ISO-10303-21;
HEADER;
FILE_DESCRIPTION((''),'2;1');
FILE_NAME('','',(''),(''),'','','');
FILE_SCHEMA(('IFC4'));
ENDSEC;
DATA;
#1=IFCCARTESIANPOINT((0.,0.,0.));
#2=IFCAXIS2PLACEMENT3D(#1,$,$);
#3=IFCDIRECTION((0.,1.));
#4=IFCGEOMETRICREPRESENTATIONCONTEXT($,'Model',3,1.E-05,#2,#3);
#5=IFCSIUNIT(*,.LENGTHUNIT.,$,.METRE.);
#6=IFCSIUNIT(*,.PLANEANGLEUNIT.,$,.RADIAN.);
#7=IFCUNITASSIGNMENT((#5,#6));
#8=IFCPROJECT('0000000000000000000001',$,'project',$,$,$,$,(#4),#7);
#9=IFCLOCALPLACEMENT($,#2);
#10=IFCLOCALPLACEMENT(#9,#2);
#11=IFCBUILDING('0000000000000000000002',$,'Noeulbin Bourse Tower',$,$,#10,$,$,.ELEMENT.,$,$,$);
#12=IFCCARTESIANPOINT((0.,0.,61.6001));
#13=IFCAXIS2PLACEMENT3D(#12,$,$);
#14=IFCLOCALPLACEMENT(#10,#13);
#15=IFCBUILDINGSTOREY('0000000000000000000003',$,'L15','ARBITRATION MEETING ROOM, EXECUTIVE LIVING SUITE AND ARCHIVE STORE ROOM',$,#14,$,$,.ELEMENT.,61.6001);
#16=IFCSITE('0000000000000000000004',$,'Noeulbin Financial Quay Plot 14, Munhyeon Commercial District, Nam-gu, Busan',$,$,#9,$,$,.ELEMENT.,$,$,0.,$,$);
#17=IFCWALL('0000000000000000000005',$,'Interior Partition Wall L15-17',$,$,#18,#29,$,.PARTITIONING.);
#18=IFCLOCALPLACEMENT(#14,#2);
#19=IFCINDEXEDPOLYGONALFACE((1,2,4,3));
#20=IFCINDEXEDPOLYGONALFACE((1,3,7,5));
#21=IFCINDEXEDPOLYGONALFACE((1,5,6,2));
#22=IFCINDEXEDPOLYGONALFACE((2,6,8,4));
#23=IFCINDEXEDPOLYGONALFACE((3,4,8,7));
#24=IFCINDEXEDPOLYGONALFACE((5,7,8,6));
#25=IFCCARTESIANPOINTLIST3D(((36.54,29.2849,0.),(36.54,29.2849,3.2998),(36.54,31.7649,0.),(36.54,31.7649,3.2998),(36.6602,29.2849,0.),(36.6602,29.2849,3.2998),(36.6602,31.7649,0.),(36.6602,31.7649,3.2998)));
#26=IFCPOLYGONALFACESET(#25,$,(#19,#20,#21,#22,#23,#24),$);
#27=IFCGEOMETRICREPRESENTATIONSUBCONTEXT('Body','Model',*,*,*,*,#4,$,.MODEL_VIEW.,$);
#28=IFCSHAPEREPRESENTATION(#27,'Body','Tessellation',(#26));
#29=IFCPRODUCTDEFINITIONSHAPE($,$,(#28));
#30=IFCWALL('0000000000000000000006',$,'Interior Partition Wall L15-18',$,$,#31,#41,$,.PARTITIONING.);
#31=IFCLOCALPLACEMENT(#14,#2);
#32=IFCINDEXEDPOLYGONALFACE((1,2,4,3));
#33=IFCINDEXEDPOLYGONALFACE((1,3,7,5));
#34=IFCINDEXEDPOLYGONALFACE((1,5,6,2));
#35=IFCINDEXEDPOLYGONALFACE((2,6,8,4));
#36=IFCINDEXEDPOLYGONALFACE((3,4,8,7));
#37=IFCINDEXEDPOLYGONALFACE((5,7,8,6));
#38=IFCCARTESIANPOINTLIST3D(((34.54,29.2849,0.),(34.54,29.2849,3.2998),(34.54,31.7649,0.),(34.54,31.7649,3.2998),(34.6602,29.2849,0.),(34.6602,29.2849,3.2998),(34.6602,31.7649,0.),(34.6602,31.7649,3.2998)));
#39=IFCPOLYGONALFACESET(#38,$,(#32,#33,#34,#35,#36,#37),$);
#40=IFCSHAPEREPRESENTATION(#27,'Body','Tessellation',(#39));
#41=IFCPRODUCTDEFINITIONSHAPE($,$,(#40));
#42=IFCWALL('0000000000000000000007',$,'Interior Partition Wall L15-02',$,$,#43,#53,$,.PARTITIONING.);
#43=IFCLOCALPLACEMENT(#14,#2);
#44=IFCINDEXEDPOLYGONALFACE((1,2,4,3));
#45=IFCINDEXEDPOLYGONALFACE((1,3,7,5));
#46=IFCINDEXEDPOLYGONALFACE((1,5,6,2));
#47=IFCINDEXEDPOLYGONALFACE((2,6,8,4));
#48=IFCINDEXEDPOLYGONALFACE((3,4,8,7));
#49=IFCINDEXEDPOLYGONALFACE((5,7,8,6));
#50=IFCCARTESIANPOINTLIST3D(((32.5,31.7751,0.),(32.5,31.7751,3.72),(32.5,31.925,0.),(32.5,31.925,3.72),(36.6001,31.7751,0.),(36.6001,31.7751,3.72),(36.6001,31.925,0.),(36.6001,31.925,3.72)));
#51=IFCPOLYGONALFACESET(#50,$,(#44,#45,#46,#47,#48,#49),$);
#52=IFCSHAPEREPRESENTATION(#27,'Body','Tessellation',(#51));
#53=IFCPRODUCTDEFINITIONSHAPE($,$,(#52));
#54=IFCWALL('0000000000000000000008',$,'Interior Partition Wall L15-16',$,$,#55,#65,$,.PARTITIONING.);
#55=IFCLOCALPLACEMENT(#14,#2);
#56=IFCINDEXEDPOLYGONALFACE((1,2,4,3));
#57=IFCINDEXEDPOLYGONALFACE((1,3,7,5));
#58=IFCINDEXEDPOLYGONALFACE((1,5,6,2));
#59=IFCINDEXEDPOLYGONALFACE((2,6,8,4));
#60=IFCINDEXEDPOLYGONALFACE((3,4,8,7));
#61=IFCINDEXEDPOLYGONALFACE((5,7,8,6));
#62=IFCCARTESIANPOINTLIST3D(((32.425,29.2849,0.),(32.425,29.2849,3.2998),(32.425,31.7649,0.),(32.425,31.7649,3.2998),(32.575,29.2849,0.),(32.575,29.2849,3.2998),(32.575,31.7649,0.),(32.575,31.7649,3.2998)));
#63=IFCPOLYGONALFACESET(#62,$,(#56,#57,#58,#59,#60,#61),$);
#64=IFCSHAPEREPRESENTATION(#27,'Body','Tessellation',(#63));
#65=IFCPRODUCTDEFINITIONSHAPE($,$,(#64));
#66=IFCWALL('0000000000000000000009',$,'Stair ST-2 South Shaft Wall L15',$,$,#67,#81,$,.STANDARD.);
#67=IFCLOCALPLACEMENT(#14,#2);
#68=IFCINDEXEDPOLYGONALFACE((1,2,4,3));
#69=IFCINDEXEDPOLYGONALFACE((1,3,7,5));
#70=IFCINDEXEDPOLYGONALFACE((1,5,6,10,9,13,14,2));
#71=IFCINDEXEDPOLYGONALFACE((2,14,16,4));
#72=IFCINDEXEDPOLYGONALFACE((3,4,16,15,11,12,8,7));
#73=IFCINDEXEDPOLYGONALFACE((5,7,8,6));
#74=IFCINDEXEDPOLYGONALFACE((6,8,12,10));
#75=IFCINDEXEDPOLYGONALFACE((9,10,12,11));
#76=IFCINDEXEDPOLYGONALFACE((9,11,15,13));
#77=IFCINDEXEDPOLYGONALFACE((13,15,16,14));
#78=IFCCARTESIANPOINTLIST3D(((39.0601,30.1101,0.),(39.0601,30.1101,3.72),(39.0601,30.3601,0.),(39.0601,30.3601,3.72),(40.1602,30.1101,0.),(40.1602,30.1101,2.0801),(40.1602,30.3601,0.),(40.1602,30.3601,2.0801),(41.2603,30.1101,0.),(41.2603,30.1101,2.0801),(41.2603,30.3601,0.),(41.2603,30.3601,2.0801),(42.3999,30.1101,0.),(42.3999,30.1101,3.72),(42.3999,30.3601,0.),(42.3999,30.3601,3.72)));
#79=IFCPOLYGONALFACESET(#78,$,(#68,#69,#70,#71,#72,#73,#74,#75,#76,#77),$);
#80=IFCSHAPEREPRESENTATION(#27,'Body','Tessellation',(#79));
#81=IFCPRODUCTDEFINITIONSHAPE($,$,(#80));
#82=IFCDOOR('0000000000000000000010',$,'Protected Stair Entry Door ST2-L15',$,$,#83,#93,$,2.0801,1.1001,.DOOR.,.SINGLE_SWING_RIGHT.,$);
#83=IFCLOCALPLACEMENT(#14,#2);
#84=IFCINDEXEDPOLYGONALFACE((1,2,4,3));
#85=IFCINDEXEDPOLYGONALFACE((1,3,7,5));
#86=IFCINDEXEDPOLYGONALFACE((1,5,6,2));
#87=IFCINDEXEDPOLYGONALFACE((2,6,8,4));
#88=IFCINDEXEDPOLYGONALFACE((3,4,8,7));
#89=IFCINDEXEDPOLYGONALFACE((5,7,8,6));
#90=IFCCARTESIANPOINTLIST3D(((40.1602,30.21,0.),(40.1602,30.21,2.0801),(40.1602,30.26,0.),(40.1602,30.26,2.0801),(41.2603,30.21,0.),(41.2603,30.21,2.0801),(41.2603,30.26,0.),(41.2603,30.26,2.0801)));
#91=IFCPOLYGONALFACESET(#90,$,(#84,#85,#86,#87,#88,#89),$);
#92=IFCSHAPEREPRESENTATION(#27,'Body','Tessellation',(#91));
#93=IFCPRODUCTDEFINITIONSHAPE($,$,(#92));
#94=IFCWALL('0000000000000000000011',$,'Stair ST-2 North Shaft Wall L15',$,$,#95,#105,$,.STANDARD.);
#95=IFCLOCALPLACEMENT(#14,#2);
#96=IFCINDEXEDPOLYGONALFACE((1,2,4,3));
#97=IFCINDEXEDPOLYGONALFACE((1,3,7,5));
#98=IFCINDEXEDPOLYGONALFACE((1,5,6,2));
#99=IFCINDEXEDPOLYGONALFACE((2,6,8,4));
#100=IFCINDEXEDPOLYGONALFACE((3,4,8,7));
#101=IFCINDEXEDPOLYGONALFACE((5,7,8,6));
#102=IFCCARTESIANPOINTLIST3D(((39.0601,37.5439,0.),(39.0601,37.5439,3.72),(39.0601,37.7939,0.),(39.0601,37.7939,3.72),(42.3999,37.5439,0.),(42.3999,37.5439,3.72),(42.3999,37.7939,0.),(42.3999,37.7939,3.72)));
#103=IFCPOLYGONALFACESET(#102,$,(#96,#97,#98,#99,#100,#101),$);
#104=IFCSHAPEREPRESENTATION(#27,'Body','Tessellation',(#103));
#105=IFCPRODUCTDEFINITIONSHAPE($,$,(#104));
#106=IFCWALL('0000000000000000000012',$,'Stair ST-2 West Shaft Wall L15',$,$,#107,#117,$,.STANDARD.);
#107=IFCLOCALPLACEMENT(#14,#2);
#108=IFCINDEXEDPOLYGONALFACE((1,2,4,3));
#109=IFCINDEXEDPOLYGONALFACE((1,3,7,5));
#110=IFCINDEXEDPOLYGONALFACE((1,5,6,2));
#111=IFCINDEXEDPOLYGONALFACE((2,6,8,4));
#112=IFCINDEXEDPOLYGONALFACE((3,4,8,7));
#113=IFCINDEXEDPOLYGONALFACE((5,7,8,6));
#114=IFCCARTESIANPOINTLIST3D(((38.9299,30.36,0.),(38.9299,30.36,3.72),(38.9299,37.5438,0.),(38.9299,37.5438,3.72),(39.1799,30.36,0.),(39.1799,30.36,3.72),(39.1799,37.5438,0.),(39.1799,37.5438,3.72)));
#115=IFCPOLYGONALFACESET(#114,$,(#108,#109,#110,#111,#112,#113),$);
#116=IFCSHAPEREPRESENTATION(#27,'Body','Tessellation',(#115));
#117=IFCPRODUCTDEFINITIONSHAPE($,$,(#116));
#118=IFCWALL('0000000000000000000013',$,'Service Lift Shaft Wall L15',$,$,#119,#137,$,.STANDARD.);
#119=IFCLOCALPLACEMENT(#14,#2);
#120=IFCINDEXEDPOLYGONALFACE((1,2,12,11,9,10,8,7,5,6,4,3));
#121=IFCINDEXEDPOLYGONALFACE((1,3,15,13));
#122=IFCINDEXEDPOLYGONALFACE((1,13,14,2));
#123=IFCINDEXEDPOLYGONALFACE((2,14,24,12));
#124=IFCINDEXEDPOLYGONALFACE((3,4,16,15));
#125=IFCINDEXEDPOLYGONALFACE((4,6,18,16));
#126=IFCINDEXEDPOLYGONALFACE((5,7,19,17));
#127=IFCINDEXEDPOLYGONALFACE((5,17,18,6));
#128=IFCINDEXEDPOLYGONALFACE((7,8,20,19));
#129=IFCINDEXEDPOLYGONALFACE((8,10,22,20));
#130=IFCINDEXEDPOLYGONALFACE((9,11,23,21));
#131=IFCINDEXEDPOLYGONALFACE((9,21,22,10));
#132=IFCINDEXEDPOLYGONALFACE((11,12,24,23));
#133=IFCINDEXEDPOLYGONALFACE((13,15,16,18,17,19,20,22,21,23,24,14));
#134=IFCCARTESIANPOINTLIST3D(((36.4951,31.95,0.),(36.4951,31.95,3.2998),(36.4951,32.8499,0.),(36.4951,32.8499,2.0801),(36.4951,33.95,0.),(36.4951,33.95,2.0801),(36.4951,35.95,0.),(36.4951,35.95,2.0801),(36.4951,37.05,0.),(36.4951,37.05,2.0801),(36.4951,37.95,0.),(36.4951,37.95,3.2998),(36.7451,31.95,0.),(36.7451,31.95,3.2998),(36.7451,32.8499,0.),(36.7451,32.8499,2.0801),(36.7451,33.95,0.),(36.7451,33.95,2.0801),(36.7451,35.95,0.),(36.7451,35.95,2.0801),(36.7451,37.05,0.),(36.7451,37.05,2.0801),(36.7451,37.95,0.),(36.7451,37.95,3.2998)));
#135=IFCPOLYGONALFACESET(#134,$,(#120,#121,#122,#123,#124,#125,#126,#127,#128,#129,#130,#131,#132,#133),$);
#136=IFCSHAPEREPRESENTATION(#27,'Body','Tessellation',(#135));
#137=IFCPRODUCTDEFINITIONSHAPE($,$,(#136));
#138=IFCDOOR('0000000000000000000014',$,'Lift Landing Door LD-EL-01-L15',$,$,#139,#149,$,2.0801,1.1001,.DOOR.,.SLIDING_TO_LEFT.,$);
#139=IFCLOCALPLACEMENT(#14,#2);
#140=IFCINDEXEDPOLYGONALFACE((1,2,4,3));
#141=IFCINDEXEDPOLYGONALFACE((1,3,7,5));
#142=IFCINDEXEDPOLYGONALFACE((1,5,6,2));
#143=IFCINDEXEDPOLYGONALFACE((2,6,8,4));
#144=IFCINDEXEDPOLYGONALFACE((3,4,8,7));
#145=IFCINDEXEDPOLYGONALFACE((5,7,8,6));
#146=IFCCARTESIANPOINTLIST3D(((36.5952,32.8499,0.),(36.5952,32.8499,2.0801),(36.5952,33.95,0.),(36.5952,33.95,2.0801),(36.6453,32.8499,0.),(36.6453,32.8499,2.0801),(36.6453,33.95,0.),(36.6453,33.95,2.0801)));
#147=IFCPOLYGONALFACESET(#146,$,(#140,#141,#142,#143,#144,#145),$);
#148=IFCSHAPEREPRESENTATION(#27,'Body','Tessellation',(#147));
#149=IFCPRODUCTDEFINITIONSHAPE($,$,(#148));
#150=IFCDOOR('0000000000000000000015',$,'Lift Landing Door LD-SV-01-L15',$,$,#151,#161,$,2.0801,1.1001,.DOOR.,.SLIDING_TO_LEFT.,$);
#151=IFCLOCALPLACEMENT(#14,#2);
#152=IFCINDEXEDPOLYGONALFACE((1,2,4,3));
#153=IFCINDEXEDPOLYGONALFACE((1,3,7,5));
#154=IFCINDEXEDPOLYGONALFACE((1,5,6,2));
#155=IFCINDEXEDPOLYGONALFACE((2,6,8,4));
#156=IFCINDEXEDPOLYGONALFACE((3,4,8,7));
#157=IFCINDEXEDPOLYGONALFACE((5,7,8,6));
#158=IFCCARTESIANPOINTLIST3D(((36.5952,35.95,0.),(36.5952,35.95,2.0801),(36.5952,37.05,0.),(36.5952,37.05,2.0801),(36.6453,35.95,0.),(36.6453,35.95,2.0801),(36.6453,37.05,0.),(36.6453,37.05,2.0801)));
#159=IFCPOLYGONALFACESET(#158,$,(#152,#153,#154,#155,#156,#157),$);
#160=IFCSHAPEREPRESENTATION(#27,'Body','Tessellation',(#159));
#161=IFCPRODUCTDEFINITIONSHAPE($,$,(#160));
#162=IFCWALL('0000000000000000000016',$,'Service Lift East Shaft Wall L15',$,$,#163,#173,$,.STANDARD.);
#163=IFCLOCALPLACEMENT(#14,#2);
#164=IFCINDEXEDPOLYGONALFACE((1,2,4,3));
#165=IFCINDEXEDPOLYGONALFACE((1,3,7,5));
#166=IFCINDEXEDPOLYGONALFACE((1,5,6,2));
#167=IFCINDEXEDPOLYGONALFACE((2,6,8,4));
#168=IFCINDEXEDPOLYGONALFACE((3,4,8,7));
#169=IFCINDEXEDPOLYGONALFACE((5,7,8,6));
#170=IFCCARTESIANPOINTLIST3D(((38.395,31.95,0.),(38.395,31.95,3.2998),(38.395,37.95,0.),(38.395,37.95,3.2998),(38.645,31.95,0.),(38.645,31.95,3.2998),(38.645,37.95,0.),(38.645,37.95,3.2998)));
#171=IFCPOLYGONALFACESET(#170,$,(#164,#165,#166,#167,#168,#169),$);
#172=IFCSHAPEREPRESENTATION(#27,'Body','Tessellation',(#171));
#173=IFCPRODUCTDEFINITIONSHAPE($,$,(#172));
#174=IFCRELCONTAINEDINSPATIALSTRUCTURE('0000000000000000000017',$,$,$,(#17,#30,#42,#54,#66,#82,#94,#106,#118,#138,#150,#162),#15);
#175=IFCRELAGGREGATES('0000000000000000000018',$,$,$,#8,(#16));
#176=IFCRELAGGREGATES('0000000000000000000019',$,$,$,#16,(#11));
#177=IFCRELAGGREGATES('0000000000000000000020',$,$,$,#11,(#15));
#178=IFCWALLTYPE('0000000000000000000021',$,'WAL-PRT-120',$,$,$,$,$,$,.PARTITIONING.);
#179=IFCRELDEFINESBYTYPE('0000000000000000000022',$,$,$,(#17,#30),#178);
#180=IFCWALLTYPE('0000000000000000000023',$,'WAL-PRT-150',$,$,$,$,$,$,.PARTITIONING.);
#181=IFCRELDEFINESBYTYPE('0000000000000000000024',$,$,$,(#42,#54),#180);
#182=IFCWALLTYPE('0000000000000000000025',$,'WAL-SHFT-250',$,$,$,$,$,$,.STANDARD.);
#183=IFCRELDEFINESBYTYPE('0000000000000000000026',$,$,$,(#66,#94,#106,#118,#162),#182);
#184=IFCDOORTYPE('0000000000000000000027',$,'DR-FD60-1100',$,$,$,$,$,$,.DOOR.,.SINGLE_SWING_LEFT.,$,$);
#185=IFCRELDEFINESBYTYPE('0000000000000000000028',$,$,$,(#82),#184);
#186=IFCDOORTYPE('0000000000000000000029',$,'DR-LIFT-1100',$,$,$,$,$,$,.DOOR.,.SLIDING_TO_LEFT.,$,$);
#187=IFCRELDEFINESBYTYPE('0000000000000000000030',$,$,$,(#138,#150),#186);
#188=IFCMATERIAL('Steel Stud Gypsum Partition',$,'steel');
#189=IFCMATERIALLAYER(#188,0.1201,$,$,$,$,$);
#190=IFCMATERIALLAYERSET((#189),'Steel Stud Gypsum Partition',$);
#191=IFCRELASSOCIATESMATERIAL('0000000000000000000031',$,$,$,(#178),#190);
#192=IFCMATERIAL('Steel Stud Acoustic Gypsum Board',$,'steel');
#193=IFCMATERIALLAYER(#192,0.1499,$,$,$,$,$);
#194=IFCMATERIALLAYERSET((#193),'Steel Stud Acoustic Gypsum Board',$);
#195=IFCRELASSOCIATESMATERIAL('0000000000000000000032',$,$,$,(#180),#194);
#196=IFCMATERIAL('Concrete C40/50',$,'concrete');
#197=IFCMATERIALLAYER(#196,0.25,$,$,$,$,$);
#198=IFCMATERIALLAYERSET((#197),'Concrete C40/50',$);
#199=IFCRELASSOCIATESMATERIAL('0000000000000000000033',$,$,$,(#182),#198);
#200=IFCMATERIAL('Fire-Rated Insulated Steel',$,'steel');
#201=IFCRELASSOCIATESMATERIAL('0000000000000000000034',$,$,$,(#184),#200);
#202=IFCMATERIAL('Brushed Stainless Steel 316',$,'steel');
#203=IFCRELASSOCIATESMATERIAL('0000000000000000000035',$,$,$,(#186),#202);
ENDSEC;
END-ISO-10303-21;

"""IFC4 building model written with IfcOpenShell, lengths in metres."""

from ifc_helpers import new_model, si_unit, direction, frame, frame_2d, origin, place, context, subcontext, project, spatial, rectangle, extrude, material, layer, layer_set, type_object, element, fill, save


model = new_model("IFC4")

# Units and contexts
model_context = context("Model", 3, precision=1e-05, world=origin(), true_north=direction((0.0, 1.0)))
body_context = subcontext(model_context, "Body", "Model", "MODEL_VIEW")
ifc_project = project(units=[si_unit("LENGTHUNIT", "METRE"), si_unit("PLANEANGLEUNIT", "RADIAN")], contexts=[model_context])

# Site, building, storey
site_placement = place(None, origin())
site = spatial("IfcSite", under=ifc_project, at=site_placement, Name="Noeulbin Financial Quay Plot 14, Munhyeon Commercial District, Nam-gu, Busan", CompositionType="ELEMENT", RefElevation=0.0)
building_placement = place(site_placement, origin())
building = spatial("IfcBuilding", under=site, at=building_placement, Name="Noeulbin Bourse Tower", CompositionType="ELEMENT")
storey_placement = place(building_placement, frame((0.0, 0.0, 61.6001)))
storey = spatial("IfcBuildingStorey", under=building, at=storey_placement, Name="L15", Description="ARBITRATION MEETING ROOM, EXECUTIVE LIVING SUITE AND ARCHIVE STORE ROOM", CompositionType="ELEMENT", Elevation=61.6001)

# Walls
ifc_material_1 = material(Name="Concrete C40/50", Category="concrete")
ifc_material_2 = material(Name="Steel Stud Gypsum Partition", Category="steel")
ifc_layer_1 = layer(ifc_material_2, 0.1201)
ifc_layer_set_1 = layer_set([ifc_layer_1], Name="Steel Stud Gypsum Partition")
wall_type_1 = type_object("IfcWallType", Name="WAL-PRT-120", PredefinedType="PARTITIONING", material=ifc_layer_set_1)
for number, where, z_axis, x_axis, name in (
    (1, (36.6001, 29.2849, 0.0), (0.0, 0.0, 1.0), (0.0, 1.0, 0.0), "Interior Partition Wall L15-17"),
    (2, (34.6001, 29.2849, 0.0), (0.0, 0.0, 1.0), (0.0, 1.0, 0.0), "Interior Partition Wall L15-18"),
):
    element("IfcWall", number, at=place(storey_placement, frame(where, z_axis=z_axis, x_axis=x_axis)), inside=storey, type_object=wall_type_1, Name=name, PredefinedType="PARTITIONING", context=body_context, shape_type="SweptSolid", body=[
        extrude(rectangle(XDim=2.48, YDim=0.1201, at=frame_2d((1.24, 0.0))), origin(), (0.0, 0.0, 1.0), 3.2998),
    ])
ifc_material_3 = material(Name="Steel Stud Acoustic Gypsum Board", Category="steel")
ifc_layer_2 = layer(ifc_material_3, 0.1499)
ifc_layer_set_2 = layer_set([ifc_layer_2], Name="Steel Stud Acoustic Gypsum Board")
wall_type_2 = type_object("IfcWallType", Name="WAL-PRT-150", PredefinedType="PARTITIONING", material=ifc_layer_set_2)
wall_1_placement = place(storey_placement, frame((32.5, 31.8501, 0.0), z_axis=(0.0, 0.0, 1.0), x_axis=(1.0, 0.0, 0.0)))
element("IfcWall", 3, at=wall_1_placement, inside=storey, type_object=wall_type_2, Name="Interior Partition Wall L15-02", PredefinedType="PARTITIONING", context=body_context, shape_type="SweptSolid", body=[
    extrude(rectangle(XDim=4.1001, YDim=0.1499, at=frame_2d((2.05, 0.0))), origin(), (0.0, 0.0, 1.0), 3.72),
])
wall_2_placement = place(storey_placement, frame((32.5, 29.2849, 0.0), z_axis=(0.0, 0.0, 1.0), x_axis=(0.0, 1.0, 0.0)))
element("IfcWall", 4, at=wall_2_placement, inside=storey, type_object=wall_type_2, Name="Interior Partition Wall L15-16", PredefinedType="PARTITIONING", context=body_context, shape_type="SweptSolid", body=[
    extrude(rectangle(XDim=2.48, YDim=0.1499, at=frame_2d((1.24, 0.0))), origin(), (0.0, 0.0, 1.0), 3.2998),
])

# Wall, opening, door
ifc_layer_3 = layer(ifc_material_1, 0.25)
ifc_layer_set_3 = layer_set([ifc_layer_3], Name="Concrete C40/50")
wall_type_3 = type_object("IfcWallType", Name="WAL-SHFT-250", PredefinedType="STANDARD", material=ifc_layer_set_3)
wall_3_placement = place(storey_placement, frame((39.0601, 30.2351, 0.0), z_axis=(0.0, 0.0, 1.0), x_axis=(1.0, 0.0, 0.0)))
wall_3 = element("IfcWall", 5, at=wall_3_placement, inside=storey, type_object=wall_type_3, Name="Stair ST-2 South Shaft Wall L15", PredefinedType="STANDARD", context=body_context, shape_type="SweptSolid", body=[
    extrude(rectangle(XDim=3.3398, YDim=0.25, at=frame_2d((1.6699, 0.0))), origin(), (0.0, 0.0, 1.0), 3.72),
])
opening_1_placement = place(wall_3_placement, frame((1.1001, 0.0, 0.0)))
opening_1 = element("IfcOpeningElement", 6, at=opening_1_placement, cuts=wall_3, PredefinedType="OPENING", context=body_context, shape_type="SweptSolid", body=[
    extrude(rectangle(XDim=1.1001, YDim=2.0801, at=frame_2d((0.55, 1.04))), frame((0.0, 0.135, 0.0), z_axis=(0.0, -1.0, 0.0), x_axis=(1.0, 0.0, 0.0)), (0.0, 0.0, 1.0), 0.27),
])
ifc_material_4 = material(Name="Fire-Rated Insulated Steel", Category="steel")
door_type_1 = type_object("IfcDoorType", Name="DR-FD60-1100", OperationType="SINGLE_SWING_LEFT", PredefinedType="DOOR", material=ifc_material_4)
door_1_placement = place(opening_1_placement, origin())
door_1 = element("IfcDoor", 7, at=door_1_placement, inside=storey, type_object=door_type_1, Name="Protected Stair Entry Door ST2-L15", OperationType="SINGLE_SWING_RIGHT", OverallHeight=2.0801, OverallWidth=1.1001, PredefinedType="DOOR", context=body_context, shape_type="SweptSolid", body=[
    extrude(rectangle(XDim=1.1001, YDim=2.0801, at=frame_2d((0.55, 1.04))), frame((0.0, 0.0249, 0.0), z_axis=(0.0, -1.0, 0.0), x_axis=(1.0, 0.0, 0.0)), (0.0, 0.0, 1.0), 0.05),
])
fill(opening_1, door_1)

# Walls
wall_4_placement = place(storey_placement, frame((39.0601, 37.6689, 0.0), z_axis=(0.0, 0.0, 1.0), x_axis=(1.0, 0.0, 0.0)))
element("IfcWall", 8, at=wall_4_placement, inside=storey, type_object=wall_type_3, Name="Stair ST-2 North Shaft Wall L15", PredefinedType="STANDARD", context=body_context, shape_type="SweptSolid", body=[
    extrude(rectangle(XDim=3.3398, YDim=0.25, at=frame_2d((1.6699, 0.0))), origin(), (0.0, 0.0, 1.0), 3.72),
])
wall_5_placement = place(storey_placement, frame((39.0549, 30.3601, 0.0), z_axis=(0.0, 0.0, 1.0), x_axis=(0.0, 1.0, 0.0)))
element("IfcWall", 9, at=wall_5_placement, inside=storey, type_object=wall_type_3, Name="Stair ST-2 West Shaft Wall L15", PredefinedType="STANDARD", context=body_context, shape_type="SweptSolid", body=[
    extrude(rectangle(XDim=7.1838, YDim=0.25, at=frame_2d((3.5918, 0.0))), origin(), (0.0, 0.0, 1.0), 3.72),
])

# Wall, openings, doors
wall_6_placement = place(storey_placement, frame((36.6201, 31.95, 0.0), z_axis=(0.0, 0.0, 1.0), x_axis=(0.0, 1.0, 0.0)))
wall_6 = element("IfcWall", 10, at=wall_6_placement, inside=storey, type_object=wall_type_3, Name="Service Lift Shaft Wall L15", PredefinedType="STANDARD", context=body_context, shape_type="SweptSolid", body=[
    extrude(rectangle(XDim=6.0, YDim=0.25, at=frame_2d((3.0, 0.0))), origin(), (0.0, 0.0, 1.0), 3.2998),
])
opening_2_placement = place(wall_6_placement, frame((0.8999, 0.0, 0.0)))
opening_2 = element("IfcOpeningElement", 11, at=opening_2_placement, cuts=wall_6, PredefinedType="OPENING", context=body_context, shape_type="SweptSolid", body=[
    extrude(rectangle(XDim=1.1001, YDim=2.0801, at=frame_2d((0.55, 1.04))), frame((0.0, 0.135, 0.0), z_axis=(0.0, -1.0, 0.0), x_axis=(1.0, 0.0, 0.0)), (0.0, 0.0, 1.0), 0.27),
])
opening_3_placement = place(wall_6_placement, frame((4.0, 0.0, 0.0)))
opening_3 = element("IfcOpeningElement", 12, at=opening_3_placement, cuts=wall_6, PredefinedType="OPENING", context=body_context, shape_type="SweptSolid", body=[
    extrude(rectangle(XDim=1.1001, YDim=2.0801, at=frame_2d((0.55, 1.04))), frame((0.0, 0.135, 0.0), z_axis=(0.0, -1.0, 0.0), x_axis=(1.0, 0.0, 0.0)), (0.0, 0.0, 1.0), 0.27),
])
ifc_material_5 = material(Name="Brushed Stainless Steel 316", Category="steel")
door_type_2 = type_object("IfcDoorType", Name="DR-LIFT-1100", OperationType="SLIDING_TO_LEFT", PredefinedType="DOOR", material=ifc_material_5)
door_2_placement = place(opening_2_placement, origin())
door_2 = element("IfcDoor", 13, at=door_2_placement, inside=storey, type_object=door_type_2, Name="Lift Landing Door LD-EL-01-L15", OperationType="SLIDING_TO_LEFT", OverallHeight=2.0801, OverallWidth=1.1001, PredefinedType="DOOR", context=body_context, shape_type="SweptSolid", body=[
    extrude(rectangle(XDim=1.1001, YDim=2.0801, at=frame_2d((0.55, 1.04))), frame((0.0, 0.0249, 0.0), z_axis=(0.0, -1.0, 0.0), x_axis=(1.0, 0.0, 0.0)), (0.0, 0.0, 1.0), 0.05),
])
fill(opening_2, door_2)
door_3_placement = place(opening_3_placement, origin())
door_3 = element("IfcDoor", 14, at=door_3_placement, inside=storey, type_object=door_type_2, Name="Lift Landing Door LD-SV-01-L15", OperationType="SLIDING_TO_LEFT", OverallHeight=2.0801, OverallWidth=1.1001, PredefinedType="DOOR", context=body_context, shape_type="SweptSolid", body=[
    extrude(rectangle(XDim=1.1001, YDim=2.0801, at=frame_2d((0.55, 1.04))), frame((0.0, 0.0249, 0.0), z_axis=(0.0, -1.0, 0.0), x_axis=(1.0, 0.0, 0.0)), (0.0, 0.0, 1.0), 0.05),
])
fill(opening_3, door_3)

# Wall
wall_7_placement = place(storey_placement, frame((38.52, 31.95, 0.0), z_axis=(0.0, 0.0, 1.0), x_axis=(0.0, 1.0, 0.0)))
element("IfcWall", 15, at=wall_7_placement, inside=storey, type_object=wall_type_3, Name="Service Lift East Shaft Wall L15", PredefinedType="STANDARD", context=body_context, shape_type="SweptSolid", body=[
    extrude(rectangle(XDim=6.0, YDim=0.25, at=frame_2d((3.0, 0.0))), origin(), (0.0, 0.0, 1.0), 3.2998),
])

save(model, "model.ifc")
